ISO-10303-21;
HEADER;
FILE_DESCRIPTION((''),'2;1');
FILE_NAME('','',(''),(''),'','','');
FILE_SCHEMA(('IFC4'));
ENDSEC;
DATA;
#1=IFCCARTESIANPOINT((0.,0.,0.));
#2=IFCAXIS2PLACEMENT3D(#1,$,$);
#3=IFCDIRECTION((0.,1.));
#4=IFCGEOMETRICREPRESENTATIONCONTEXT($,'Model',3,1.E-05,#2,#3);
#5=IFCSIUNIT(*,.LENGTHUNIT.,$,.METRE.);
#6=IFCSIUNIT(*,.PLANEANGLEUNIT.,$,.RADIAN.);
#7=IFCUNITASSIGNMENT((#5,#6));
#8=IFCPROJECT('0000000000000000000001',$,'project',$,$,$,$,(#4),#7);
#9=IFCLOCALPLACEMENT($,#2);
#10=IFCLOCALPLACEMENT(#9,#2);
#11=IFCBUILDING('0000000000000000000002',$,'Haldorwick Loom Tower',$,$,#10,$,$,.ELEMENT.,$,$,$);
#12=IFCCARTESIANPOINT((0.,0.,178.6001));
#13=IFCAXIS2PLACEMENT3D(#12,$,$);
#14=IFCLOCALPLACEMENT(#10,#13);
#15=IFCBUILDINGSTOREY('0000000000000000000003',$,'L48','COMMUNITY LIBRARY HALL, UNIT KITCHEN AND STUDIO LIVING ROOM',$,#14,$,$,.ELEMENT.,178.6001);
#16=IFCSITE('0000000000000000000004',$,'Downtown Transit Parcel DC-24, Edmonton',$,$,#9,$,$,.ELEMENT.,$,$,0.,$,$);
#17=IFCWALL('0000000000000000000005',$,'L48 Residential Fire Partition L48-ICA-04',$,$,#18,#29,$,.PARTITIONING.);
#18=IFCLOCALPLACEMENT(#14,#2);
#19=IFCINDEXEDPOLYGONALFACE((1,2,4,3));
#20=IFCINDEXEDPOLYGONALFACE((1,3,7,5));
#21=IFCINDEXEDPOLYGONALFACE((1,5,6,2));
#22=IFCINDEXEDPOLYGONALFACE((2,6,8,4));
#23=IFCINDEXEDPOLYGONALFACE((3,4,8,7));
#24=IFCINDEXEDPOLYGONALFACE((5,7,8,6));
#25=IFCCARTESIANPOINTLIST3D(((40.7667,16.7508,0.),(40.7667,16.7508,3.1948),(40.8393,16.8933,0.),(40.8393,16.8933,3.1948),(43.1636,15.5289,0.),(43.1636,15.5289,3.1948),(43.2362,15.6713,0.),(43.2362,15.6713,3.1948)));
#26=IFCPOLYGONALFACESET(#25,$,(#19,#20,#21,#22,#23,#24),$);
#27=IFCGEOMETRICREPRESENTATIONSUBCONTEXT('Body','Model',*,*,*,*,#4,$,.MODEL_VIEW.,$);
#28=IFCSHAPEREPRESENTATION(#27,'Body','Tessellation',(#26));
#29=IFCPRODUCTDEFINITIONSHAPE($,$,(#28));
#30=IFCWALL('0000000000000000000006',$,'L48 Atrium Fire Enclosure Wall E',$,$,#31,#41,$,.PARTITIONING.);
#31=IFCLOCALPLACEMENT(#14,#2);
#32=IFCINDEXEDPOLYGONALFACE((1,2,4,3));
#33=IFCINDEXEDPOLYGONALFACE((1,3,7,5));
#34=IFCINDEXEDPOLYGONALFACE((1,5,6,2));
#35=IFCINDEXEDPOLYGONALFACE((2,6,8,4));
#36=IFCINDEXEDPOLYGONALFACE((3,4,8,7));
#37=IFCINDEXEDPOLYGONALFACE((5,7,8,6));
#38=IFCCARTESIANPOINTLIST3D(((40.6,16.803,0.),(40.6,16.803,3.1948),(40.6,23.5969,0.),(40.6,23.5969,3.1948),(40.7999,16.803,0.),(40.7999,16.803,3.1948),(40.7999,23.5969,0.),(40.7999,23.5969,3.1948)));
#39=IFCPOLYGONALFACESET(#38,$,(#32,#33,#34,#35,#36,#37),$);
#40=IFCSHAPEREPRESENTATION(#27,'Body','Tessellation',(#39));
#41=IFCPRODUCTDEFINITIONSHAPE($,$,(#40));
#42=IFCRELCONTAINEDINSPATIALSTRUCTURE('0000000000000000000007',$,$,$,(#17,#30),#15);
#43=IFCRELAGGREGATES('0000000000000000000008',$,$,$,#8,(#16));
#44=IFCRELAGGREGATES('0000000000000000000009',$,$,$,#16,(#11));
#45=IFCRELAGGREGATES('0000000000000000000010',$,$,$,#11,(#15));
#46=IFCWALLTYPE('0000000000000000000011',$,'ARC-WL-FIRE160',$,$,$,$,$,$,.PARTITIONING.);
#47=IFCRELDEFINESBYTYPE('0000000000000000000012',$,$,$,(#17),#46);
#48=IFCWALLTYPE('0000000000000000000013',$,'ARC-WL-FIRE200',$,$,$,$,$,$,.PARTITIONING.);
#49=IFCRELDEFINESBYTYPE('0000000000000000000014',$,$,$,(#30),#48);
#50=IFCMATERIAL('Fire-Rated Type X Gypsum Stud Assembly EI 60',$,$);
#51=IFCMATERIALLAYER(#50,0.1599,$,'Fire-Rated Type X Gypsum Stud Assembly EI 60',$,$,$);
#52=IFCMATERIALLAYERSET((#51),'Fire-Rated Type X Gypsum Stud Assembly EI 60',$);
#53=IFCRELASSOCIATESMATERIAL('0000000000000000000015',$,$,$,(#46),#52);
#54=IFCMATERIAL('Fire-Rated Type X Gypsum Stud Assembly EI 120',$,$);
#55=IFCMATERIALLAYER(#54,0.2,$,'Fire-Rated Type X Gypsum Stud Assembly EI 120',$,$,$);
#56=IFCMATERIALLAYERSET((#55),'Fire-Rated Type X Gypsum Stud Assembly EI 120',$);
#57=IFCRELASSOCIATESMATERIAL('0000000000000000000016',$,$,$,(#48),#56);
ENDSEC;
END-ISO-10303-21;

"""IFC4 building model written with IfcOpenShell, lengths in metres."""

from ifc_helpers import new_model, si_unit, direction, frame, frame_2d, origin, place, context, subcontext, project, spatial, rectangle, extrude, material, layer, layer_set, type_object, element, save


model = new_model("IFC4")

# Units and contexts
model_context = context("Model", 3, precision=1e-05, world=origin(), true_north=direction((0.0, 1.0)))
body_context = subcontext(model_context, "Body", "Model", "MODEL_VIEW")
ifc_project = project(units=[si_unit("LENGTHUNIT", "METRE"), si_unit("PLANEANGLEUNIT", "RADIAN")], contexts=[model_context])

# Site, building, storey
site_placement = place(None, origin())
site = spatial("IfcSite", under=ifc_project, at=site_placement, Name="Downtown Transit Parcel DC-24, Edmonton", CompositionType="ELEMENT", RefElevation=0.0)
building_placement = place(site_placement, origin())
building = spatial("IfcBuilding", under=site, at=building_placement, Name="Haldorwick Loom Tower", CompositionType="ELEMENT")
storey_placement = place(building_placement, frame((0.0, 0.0, 178.6001)))
storey = spatial("IfcBuildingStorey", under=building, at=storey_placement, Name="L48", Description="COMMUNITY LIBRARY HALL, UNIT KITCHEN AND STUDIO LIVING ROOM", CompositionType="ELEMENT", Elevation=178.6001)

# Walls
ifc_material_1 = material(Name="Fire-Rated Type X Gypsum Stud Assembly EI 60")
ifc_layer_1 = layer(ifc_material_1, 0.1599, Name="Fire-Rated Type X Gypsum Stud Assembly EI 60")
ifc_layer_set_1 = layer_set([ifc_layer_1], Name="Fire-Rated Type X Gypsum Stud Assembly EI 60")
wall_type_1 = type_object("IfcWallType", Name="ARC-WL-FIRE160", PredefinedType="PARTITIONING", material=ifc_layer_set_1)
wall_1_placement = place(storey_placement, frame((40.803, 16.822, 0.0), z_axis=(0.0, 0.0, 1.0), x_axis=(0.890916, -0.454169, 0.0)))
element("IfcWall", 1, at=wall_1_placement, inside=storey, type_object=wall_type_1, Name="L48 Residential Fire Partition L48-ICA-04", PredefinedType="PARTITIONING", context=body_context, shape_type="SweptSolid", body=[
    extrude(rectangle(XDim=2.6904, YDim=0.1599, at=frame_2d((1.3452, 0.0))), origin(), (0.0, 0.0, 1.0), 3.1948),
])
ifc_material_2 = material(Name="Fire-Rated Type X Gypsum Stud Assembly EI 120")
ifc_layer_2 = layer(ifc_material_2, 0.2, Name="Fire-Rated Type X Gypsum Stud Assembly EI 120")
ifc_layer_set_2 = layer_set([ifc_layer_2], Name="Fire-Rated Type X Gypsum Stud Assembly EI 120")
wall_type_2 = type_object("IfcWallType", Name="ARC-WL-FIRE200", PredefinedType="PARTITIONING", material=ifc_layer_set_2)
wall_2_placement = place(storey_placement, frame((40.7, 23.5969, 0.0), z_axis=(0.0, 0.0, 1.0), x_axis=(0.0, -1.0, 0.0)))
element("IfcWall", 2, at=wall_2_placement, inside=storey, type_object=wall_type_2, Name="L48 Atrium Fire Enclosure Wall E", PredefinedType="PARTITIONING", context=body_context, shape_type="SweptSolid", body=[
    extrude(rectangle(XDim=6.7939, YDim=0.2, at=frame_2d((3.397, 0.0))), origin(), (0.0, 0.0, 1.0), 3.1948),
])

save(model, "model.ifc")
